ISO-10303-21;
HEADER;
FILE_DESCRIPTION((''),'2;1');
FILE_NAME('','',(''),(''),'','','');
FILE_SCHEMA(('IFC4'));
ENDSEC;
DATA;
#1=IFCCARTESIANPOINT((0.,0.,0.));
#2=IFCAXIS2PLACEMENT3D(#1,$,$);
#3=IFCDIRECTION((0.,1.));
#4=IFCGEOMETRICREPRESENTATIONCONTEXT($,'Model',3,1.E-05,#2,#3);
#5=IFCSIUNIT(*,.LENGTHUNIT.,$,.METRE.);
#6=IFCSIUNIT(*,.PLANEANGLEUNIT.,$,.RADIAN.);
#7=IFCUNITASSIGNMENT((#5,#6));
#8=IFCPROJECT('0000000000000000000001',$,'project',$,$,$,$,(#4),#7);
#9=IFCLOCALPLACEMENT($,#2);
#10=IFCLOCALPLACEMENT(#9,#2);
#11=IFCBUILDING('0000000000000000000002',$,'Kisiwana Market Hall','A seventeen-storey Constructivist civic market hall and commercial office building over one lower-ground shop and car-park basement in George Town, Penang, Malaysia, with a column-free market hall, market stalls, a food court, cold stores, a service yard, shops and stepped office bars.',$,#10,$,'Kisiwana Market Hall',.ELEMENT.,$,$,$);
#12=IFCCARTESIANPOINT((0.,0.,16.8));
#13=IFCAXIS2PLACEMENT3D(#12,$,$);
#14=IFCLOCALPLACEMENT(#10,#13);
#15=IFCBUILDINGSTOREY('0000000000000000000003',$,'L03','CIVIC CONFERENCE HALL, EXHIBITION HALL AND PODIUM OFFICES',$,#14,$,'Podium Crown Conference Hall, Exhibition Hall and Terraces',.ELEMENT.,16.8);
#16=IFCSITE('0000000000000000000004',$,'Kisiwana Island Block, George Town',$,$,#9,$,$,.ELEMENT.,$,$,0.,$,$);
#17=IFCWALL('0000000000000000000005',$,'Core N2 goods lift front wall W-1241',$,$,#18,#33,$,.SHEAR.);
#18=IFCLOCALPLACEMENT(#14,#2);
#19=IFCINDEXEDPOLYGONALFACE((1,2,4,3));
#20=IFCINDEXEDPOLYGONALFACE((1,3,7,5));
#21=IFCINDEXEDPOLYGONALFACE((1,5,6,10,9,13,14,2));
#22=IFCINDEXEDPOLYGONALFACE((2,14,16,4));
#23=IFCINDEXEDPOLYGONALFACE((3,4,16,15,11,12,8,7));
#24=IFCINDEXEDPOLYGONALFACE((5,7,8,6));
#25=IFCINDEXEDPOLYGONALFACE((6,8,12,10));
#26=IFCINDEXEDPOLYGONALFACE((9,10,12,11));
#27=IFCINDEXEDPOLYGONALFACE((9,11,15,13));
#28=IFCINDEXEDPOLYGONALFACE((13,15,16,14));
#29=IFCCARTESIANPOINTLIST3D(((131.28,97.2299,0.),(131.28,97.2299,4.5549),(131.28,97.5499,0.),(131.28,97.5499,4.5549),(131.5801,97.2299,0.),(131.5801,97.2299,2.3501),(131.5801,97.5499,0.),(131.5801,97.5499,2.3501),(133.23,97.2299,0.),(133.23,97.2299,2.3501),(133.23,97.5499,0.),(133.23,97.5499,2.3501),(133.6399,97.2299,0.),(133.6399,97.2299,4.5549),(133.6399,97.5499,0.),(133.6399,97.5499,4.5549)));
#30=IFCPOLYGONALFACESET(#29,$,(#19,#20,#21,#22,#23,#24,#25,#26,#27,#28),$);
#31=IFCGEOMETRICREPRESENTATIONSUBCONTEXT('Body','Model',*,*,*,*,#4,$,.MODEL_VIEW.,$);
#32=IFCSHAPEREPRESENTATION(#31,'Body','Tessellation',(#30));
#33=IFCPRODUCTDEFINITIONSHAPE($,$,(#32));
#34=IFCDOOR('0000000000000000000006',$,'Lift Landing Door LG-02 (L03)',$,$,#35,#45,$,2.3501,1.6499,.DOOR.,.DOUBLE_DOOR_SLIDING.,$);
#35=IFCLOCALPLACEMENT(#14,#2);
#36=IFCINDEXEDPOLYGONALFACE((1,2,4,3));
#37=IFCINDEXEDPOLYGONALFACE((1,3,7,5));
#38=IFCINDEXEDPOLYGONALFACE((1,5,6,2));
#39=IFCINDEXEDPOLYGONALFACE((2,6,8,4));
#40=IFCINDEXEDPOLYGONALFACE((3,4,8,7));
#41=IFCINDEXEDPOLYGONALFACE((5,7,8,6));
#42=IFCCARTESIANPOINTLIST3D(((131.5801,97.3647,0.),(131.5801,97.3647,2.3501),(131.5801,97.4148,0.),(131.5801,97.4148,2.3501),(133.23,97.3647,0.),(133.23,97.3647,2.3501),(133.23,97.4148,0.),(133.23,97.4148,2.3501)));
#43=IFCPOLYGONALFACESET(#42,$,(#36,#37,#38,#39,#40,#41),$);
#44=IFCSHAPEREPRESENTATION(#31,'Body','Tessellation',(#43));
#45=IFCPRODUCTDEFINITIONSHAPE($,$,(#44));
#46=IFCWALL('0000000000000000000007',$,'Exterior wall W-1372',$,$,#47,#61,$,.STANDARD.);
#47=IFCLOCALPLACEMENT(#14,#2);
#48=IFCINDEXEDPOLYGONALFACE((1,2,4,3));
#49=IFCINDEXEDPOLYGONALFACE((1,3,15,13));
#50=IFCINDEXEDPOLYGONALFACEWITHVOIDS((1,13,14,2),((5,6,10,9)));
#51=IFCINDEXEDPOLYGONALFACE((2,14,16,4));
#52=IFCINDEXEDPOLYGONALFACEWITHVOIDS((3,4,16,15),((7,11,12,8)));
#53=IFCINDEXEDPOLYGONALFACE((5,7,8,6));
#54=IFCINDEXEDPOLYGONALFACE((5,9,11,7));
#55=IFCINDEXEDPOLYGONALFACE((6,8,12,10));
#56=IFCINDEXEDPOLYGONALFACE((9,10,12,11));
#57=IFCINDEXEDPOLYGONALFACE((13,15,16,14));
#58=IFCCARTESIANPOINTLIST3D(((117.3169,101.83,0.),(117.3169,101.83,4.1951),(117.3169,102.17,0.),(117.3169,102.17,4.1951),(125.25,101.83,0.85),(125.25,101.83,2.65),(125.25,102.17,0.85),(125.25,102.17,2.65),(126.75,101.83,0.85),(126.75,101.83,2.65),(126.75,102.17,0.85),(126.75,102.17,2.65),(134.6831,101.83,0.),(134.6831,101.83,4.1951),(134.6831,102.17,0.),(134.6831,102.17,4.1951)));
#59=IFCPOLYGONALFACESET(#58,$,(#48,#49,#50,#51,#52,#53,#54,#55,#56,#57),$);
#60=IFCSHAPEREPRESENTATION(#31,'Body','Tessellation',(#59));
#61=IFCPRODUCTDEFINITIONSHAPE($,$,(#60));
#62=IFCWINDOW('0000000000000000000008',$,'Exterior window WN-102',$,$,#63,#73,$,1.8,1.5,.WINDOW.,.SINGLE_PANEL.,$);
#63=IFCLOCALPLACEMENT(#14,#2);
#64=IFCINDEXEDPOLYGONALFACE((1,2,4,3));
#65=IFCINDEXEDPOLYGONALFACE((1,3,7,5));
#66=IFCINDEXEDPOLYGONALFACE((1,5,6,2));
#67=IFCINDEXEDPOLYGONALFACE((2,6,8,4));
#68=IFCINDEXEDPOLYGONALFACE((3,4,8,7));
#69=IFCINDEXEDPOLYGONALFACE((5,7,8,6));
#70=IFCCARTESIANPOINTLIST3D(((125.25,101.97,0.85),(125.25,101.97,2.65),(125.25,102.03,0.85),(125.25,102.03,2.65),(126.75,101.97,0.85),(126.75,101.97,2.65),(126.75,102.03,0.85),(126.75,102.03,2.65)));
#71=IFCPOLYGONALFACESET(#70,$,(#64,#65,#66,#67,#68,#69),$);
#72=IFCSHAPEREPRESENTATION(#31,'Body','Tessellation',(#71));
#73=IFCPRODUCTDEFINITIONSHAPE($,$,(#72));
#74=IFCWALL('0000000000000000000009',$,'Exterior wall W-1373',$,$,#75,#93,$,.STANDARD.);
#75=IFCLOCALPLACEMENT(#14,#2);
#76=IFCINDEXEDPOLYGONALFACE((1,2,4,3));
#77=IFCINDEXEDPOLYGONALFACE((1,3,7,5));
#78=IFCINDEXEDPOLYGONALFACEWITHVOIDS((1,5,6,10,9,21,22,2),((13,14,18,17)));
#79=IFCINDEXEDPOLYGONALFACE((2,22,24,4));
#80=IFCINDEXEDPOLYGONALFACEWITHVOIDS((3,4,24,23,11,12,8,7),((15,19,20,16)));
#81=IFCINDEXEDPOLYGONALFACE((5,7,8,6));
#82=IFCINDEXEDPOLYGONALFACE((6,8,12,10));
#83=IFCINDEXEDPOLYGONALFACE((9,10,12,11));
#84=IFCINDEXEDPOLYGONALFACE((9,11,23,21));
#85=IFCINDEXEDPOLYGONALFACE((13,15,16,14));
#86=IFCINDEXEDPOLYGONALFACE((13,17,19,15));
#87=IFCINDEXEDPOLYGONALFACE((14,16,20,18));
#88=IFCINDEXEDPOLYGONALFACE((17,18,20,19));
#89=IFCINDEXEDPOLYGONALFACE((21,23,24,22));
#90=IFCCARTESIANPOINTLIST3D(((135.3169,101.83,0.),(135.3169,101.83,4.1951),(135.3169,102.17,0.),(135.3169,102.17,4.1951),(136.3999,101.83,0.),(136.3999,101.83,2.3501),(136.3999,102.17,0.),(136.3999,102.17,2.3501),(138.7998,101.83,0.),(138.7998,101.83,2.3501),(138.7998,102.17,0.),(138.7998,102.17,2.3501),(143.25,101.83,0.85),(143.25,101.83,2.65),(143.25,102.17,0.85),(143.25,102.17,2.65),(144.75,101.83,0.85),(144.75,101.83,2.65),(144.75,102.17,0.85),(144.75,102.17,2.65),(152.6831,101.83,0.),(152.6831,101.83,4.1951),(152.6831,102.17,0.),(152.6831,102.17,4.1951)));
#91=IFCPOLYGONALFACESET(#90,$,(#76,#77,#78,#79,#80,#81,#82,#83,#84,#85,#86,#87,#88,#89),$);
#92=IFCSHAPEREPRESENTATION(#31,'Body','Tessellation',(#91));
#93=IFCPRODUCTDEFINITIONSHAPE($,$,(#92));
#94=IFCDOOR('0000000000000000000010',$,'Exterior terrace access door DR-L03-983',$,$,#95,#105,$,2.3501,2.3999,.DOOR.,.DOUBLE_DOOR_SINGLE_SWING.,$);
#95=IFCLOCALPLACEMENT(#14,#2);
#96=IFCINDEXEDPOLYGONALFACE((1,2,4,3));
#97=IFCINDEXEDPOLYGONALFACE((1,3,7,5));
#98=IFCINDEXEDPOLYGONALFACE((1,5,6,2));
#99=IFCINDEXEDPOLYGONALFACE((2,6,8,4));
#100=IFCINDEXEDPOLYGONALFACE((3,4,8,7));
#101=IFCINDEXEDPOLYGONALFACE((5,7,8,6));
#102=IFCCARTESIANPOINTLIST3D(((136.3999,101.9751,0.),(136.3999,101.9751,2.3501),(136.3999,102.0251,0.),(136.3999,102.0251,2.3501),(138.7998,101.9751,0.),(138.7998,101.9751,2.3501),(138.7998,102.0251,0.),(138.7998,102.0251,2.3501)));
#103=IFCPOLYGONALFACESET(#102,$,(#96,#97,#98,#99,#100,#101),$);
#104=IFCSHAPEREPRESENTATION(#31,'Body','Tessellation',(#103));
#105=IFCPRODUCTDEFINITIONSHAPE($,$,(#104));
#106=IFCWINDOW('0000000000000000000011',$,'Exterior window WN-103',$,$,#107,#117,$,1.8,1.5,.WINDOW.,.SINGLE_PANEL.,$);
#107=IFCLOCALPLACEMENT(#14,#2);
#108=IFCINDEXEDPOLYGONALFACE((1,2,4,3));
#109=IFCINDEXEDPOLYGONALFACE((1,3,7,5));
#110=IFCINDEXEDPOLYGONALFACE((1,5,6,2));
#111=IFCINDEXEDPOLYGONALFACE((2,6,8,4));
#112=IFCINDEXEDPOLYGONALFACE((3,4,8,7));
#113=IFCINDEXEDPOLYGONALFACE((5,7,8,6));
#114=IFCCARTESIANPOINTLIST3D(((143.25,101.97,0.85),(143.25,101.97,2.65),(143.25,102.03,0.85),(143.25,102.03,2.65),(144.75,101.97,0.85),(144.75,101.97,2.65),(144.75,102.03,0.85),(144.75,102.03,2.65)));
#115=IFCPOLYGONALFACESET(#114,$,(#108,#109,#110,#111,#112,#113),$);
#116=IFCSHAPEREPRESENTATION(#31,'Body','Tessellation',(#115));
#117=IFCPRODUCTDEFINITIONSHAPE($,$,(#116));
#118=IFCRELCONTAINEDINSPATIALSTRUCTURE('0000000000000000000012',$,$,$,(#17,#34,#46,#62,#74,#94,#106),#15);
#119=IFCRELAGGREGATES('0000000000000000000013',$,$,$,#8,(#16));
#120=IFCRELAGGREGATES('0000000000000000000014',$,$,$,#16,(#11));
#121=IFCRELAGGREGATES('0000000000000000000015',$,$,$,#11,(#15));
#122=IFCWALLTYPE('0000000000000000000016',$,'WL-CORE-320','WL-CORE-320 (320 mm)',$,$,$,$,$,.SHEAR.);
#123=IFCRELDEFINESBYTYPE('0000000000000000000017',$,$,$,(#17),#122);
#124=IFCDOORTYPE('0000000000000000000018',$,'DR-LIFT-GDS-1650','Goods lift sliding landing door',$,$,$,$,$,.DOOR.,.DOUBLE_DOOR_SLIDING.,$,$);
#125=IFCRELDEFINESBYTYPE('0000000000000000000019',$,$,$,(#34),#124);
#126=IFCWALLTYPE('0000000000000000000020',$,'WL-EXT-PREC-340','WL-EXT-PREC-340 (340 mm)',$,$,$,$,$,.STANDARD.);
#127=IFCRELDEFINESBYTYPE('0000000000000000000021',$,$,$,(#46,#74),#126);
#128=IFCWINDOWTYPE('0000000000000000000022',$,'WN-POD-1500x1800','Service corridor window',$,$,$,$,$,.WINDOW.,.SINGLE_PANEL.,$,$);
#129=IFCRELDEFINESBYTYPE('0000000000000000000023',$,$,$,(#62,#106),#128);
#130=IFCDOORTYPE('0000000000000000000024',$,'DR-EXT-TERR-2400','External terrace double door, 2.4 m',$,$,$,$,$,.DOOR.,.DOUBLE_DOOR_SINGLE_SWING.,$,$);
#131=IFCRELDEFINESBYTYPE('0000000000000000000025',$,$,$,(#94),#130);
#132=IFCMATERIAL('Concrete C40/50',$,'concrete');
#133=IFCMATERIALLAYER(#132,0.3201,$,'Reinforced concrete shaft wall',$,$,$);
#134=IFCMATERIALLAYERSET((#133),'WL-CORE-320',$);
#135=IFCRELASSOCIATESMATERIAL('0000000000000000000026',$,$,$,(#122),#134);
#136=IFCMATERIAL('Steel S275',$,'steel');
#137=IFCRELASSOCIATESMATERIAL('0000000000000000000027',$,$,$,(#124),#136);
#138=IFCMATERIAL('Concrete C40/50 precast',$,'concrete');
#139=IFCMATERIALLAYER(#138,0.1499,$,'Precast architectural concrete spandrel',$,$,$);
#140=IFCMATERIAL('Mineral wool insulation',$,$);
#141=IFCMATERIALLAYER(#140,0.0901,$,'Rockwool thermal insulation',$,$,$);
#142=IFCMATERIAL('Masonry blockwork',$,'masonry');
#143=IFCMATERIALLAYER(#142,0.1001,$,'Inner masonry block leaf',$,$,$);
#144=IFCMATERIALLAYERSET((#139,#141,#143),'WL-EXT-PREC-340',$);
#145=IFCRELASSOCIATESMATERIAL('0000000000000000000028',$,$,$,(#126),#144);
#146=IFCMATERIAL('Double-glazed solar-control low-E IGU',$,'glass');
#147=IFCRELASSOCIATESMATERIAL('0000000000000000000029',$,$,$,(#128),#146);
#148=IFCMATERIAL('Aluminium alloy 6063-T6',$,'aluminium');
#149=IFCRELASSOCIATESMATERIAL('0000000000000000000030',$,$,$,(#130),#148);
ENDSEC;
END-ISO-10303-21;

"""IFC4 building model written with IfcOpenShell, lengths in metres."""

from ifc_helpers import new_model, si_unit, direction, frame, frame_2d, origin, place, context, subcontext, project, spatial, rectangle, extrude, material, layer, layer_set, type_object, element, fill, save


model = new_model("IFC4")

# Units and contexts
model_context = context("Model", 3, precision=1e-05, world=origin(), true_north=direction((0.0, 1.0)))
body_context = subcontext(model_context, "Body", "Model", "MODEL_VIEW")
ifc_project = project(units=[si_unit("LENGTHUNIT", "METRE"), si_unit("PLANEANGLEUNIT", "RADIAN")], contexts=[model_context])

# Site, building, storey
site_placement = place(None, origin())
site = spatial("IfcSite", under=ifc_project, at=site_placement, Name="Kisiwana Island Block, George Town", CompositionType="ELEMENT", RefElevation=0.0)
building_placement = place(site_placement, origin())
building = spatial("IfcBuilding", under=site, at=building_placement, Name="Kisiwana Market Hall", Description="A seventeen-storey Constructivist civic market hall and commercial office building over one lower-ground shop and car-park basement in George Town, Penang, Malaysia, with a column-free market hall, market stalls, a food court, cold stores, a service yard, shops and stepped office bars.", LongName="Kisiwana Market Hall", CompositionType="ELEMENT")
storey_placement = place(building_placement, frame((0.0, 0.0, 16.8)))
storey = spatial("IfcBuildingStorey", under=building, at=storey_placement, Name="L03", Description="CIVIC CONFERENCE HALL, EXHIBITION HALL AND PODIUM OFFICES", LongName="Podium Crown Conference Hall, Exhibition Hall and Terraces", CompositionType="ELEMENT", Elevation=16.8)

# Shared definitions
ifc_material_1 = material(Name="Concrete C40/50", Category="concrete")
ifc_layer_1 = layer(ifc_material_1, 0.3201, Name="Reinforced concrete shaft wall")
ifc_layer_set_1 = layer_set([ifc_layer_1], Name="WL-CORE-320")
wall_type_1 = type_object("IfcWallType", Name="WL-CORE-320", Description="WL-CORE-320 (320 mm)", PredefinedType="SHEAR", material=ifc_layer_set_1)

# Wall, opening, door
wall_1_placement = place(storey_placement, frame((131.28, 97.3899, 0.0), z_axis=(0.0, 0.0, 1.0), x_axis=(1.0, 0.0, 0.0)))
wall_1 = element("IfcWall", 1, at=wall_1_placement, inside=storey, type_object=wall_type_1, Name="Core N2 goods lift front wall W-1241", PredefinedType="SHEAR", context=body_context, shape_type="SweptSolid", body=[
    extrude(rectangle(XDim=2.3599, YDim=0.3201, at=frame_2d((1.1799, 0.0))), origin(), (0.0, 0.0, 1.0), 4.5549),
])
opening_1_placement = place(wall_1_placement, frame((0.3, 0.0, 0.0)))
opening_1 = element("IfcOpeningElement", 2, at=opening_1_placement, cuts=wall_1, PredefinedType="OPENING", context=body_context, shape_type="SweptSolid", body=[
    extrude(rectangle(XDim=1.6499, YDim=2.3501, at=frame_2d((0.825, 1.175))), frame((0.0, 0.1719, 0.0), z_axis=(0.0, -1.0, 0.0), x_axis=(1.0, 0.0, 0.0)), (0.0, 0.0, 1.0), 0.344),
])
ifc_material_2 = material(Name="Steel S275", Category="steel")
door_type_1 = type_object("IfcDoorType", Name="DR-LIFT-GDS-1650", Description="Goods lift sliding landing door", OperationType="DOUBLE_DOOR_SLIDING", PredefinedType="DOOR", material=ifc_material_2)
door_1_placement = place(opening_1_placement, origin())
door_1 = element("IfcDoor", 3, at=door_1_placement, inside=storey, type_object=door_type_1, Name="Lift Landing Door LG-02 (L03)", OperationType="DOUBLE_DOOR_SLIDING", OverallHeight=2.3501, OverallWidth=1.6499, PredefinedType="DOOR", context=body_context, shape_type="SweptSolid", body=[
    extrude(rectangle(XDim=1.6499, YDim=2.3501, at=frame_2d((0.825, 1.175))), frame((0.0, 0.0249, 0.0), z_axis=(0.0, -1.0, 0.0), x_axis=(1.0, 0.0, 0.0)), (0.0, 0.0, 1.0), 0.05),
])
fill(opening_1, door_1)

# Wall, opening, window
ifc_material_3 = material(Name="Concrete C40/50 precast", Category="concrete")
ifc_layer_2 = layer(ifc_material_3, 0.1499, Name="Precast architectural concrete spandrel")
ifc_material_4 = material(Name="Mineral wool insulation")
ifc_layer_3 = layer(ifc_material_4, 0.0901, Name="Rockwool thermal insulation")
ifc_material_5 = material(Name="Masonry blockwork", Category="masonry")
ifc_layer_4 = layer(ifc_material_5, 0.1001, Name="Inner masonry block leaf")
ifc_layer_set_2 = layer_set([ifc_layer_2, ifc_layer_3, ifc_layer_4], Name="WL-EXT-PREC-340")
wall_type_2 = type_object("IfcWallType", Name="WL-EXT-PREC-340", Description="WL-EXT-PREC-340 (340 mm)", PredefinedType="STANDARD", material=ifc_layer_set_2)
wall_2_placement = place(storey_placement, frame((117.3169, 102.0, 0.0), z_axis=(0.0, 0.0, 1.0), x_axis=(1.0, 0.0, 0.0)))
wall_2 = element("IfcWall", 4, at=wall_2_placement, inside=storey, type_object=wall_type_2, Name="Exterior wall W-1372", PredefinedType="STANDARD", context=body_context, shape_type="SweptSolid", body=[
    extrude(rectangle(XDim=17.3662, YDim=0.3401, at=frame_2d((8.6831, 0.0))), origin(), (0.0, 0.0, 1.0), 4.1951),
])
opening_2_placement = place(wall_2_placement, frame((7.9331, 0.0, 0.8501)))
opening_2 = element("IfcOpeningElement", 5, at=opening_2_placement, cuts=wall_2, PredefinedType="OPENING", context=body_context, shape_type="SweptSolid", body=[
    extrude(rectangle(XDim=1.5, YDim=1.8, at=frame_2d((0.75, 0.8999))), frame((0.0, 0.1821, 0.0), z_axis=(0.0, -1.0, 0.0), x_axis=(1.0, 0.0, 0.0)), (0.0, 0.0, 1.0), 0.364),
])
ifc_material_6 = material(Name="Double-glazed solar-control low-E IGU", Category="glass")
window_type = type_object("IfcWindowType", Name="WN-POD-1500x1800", Description="Service corridor window", PartitioningType="SINGLE_PANEL", PredefinedType="WINDOW", material=ifc_material_6)
window_1_placement = place(opening_2_placement, origin())
window_1 = element("IfcWindow", 6, at=window_1_placement, inside=storey, type_object=window_type, Name="Exterior window WN-102", OverallHeight=1.8, OverallWidth=1.5, PartitioningType="SINGLE_PANEL", PredefinedType="WINDOW", context=body_context, shape_type="SweptSolid", body=[
    extrude(rectangle(XDim=1.5, YDim=1.8, at=frame_2d((0.75, 0.8999))), frame((0.0, 0.03, 0.0), z_axis=(0.0, -1.0, 0.0), x_axis=(1.0, 0.0, 0.0)), (0.0, 0.0, 1.0), 0.0601),
])
fill(opening_2, window_1)

# Wall, openings, door, window
wall_3_placement = place(storey_placement, frame((135.3169, 102.0, 0.0), z_axis=(0.0, 0.0, 1.0), x_axis=(1.0, 0.0, 0.0)))
wall_3 = element("IfcWall", 7, at=wall_3_placement, inside=storey, type_object=wall_type_2, Name="Exterior wall W-1373", PredefinedType="STANDARD", context=body_context, shape_type="SweptSolid", body=[
    extrude(rectangle(XDim=17.3662, YDim=0.3401, at=frame_2d((8.6831, 0.0))), origin(), (0.0, 0.0, 1.0), 4.1951),
])
opening_3_placement = place(wall_3_placement, frame((7.9331, 0.0, 0.8501)))
opening_3 = element("IfcOpeningElement", 8, at=opening_3_placement, cuts=wall_3, PredefinedType="OPENING", context=body_context, shape_type="SweptSolid", body=[
    extrude(rectangle(XDim=1.5, YDim=1.8, at=frame_2d((0.75, 0.8999))), frame((0.0, 0.1821, 0.0), z_axis=(0.0, -1.0, 0.0), x_axis=(1.0, 0.0, 0.0)), (0.0, 0.0, 1.0), 0.364),
])
opening_4_placement = place(wall_3_placement, frame((1.083, 0.0, 0.0)))
opening_4 = element("IfcOpeningElement", 9, at=opening_4_placement, cuts=wall_3, PredefinedType="OPENING", context=body_context, shape_type="SweptSolid", body=[
    extrude(rectangle(XDim=2.3999, YDim=2.3501, at=frame_2d((1.2, 1.175))), frame((0.0, 0.1821, 0.0), z_axis=(0.0, -1.0, 0.0), x_axis=(1.0, 0.0, 0.0)), (0.0, 0.0, 1.0), 0.364),
])
ifc_material_7 = material(Name="Aluminium alloy 6063-T6", Category="aluminium")
door_type_2 = type_object("IfcDoorType", Name="DR-EXT-TERR-2400", Description="External terrace double door, 2.4 m", OperationType="DOUBLE_DOOR_SINGLE_SWING", PredefinedType="DOOR", material=ifc_material_7)
door_2_placement = place(opening_4_placement, frame((2.3999, 0.0, 0.0), z_axis=(0.0, 0.0, 1.0), x_axis=(-1.0, 0.0, 0.0)))
door_2 = element("IfcDoor", 10, at=door_2_placement, inside=storey, type_object=door_type_2, Name="Exterior terrace access door DR-L03-983", OperationType="DOUBLE_DOOR_SINGLE_SWING", OverallHeight=2.3501, OverallWidth=2.3999, PredefinedType="DOOR", context=body_context, shape_type="SweptSolid", body=[
    extrude(rectangle(XDim=2.3999, YDim=2.3501, at=frame_2d((1.2, 1.175))), frame((0.0, 0.0249, 0.0), z_axis=(0.0, -1.0, 0.0), x_axis=(1.0, 0.0, 0.0)), (0.0, 0.0, 1.0), 0.05),
])
fill(opening_4, door_2)
window_2_placement = place(opening_3_placement, origin())
window_2 = element("IfcWindow", 11, at=window_2_placement, inside=storey, type_object=window_type, Name="Exterior window WN-103", OverallHeight=1.8, OverallWidth=1.5, PartitioningType="SINGLE_PANEL", PredefinedType="WINDOW", context=body_context, shape_type="SweptSolid", body=[
    extrude(rectangle(XDim=1.5, YDim=1.8, at=frame_2d((0.75, 0.8999))), frame((0.0, 0.03, 0.0), z_axis=(0.0, -1.0, 0.0), x_axis=(1.0, 0.0, 0.0)), (0.0, 0.0, 1.0), 0.0601),
])
fill(opening_3, window_2)

save(model, "model.ifc")
